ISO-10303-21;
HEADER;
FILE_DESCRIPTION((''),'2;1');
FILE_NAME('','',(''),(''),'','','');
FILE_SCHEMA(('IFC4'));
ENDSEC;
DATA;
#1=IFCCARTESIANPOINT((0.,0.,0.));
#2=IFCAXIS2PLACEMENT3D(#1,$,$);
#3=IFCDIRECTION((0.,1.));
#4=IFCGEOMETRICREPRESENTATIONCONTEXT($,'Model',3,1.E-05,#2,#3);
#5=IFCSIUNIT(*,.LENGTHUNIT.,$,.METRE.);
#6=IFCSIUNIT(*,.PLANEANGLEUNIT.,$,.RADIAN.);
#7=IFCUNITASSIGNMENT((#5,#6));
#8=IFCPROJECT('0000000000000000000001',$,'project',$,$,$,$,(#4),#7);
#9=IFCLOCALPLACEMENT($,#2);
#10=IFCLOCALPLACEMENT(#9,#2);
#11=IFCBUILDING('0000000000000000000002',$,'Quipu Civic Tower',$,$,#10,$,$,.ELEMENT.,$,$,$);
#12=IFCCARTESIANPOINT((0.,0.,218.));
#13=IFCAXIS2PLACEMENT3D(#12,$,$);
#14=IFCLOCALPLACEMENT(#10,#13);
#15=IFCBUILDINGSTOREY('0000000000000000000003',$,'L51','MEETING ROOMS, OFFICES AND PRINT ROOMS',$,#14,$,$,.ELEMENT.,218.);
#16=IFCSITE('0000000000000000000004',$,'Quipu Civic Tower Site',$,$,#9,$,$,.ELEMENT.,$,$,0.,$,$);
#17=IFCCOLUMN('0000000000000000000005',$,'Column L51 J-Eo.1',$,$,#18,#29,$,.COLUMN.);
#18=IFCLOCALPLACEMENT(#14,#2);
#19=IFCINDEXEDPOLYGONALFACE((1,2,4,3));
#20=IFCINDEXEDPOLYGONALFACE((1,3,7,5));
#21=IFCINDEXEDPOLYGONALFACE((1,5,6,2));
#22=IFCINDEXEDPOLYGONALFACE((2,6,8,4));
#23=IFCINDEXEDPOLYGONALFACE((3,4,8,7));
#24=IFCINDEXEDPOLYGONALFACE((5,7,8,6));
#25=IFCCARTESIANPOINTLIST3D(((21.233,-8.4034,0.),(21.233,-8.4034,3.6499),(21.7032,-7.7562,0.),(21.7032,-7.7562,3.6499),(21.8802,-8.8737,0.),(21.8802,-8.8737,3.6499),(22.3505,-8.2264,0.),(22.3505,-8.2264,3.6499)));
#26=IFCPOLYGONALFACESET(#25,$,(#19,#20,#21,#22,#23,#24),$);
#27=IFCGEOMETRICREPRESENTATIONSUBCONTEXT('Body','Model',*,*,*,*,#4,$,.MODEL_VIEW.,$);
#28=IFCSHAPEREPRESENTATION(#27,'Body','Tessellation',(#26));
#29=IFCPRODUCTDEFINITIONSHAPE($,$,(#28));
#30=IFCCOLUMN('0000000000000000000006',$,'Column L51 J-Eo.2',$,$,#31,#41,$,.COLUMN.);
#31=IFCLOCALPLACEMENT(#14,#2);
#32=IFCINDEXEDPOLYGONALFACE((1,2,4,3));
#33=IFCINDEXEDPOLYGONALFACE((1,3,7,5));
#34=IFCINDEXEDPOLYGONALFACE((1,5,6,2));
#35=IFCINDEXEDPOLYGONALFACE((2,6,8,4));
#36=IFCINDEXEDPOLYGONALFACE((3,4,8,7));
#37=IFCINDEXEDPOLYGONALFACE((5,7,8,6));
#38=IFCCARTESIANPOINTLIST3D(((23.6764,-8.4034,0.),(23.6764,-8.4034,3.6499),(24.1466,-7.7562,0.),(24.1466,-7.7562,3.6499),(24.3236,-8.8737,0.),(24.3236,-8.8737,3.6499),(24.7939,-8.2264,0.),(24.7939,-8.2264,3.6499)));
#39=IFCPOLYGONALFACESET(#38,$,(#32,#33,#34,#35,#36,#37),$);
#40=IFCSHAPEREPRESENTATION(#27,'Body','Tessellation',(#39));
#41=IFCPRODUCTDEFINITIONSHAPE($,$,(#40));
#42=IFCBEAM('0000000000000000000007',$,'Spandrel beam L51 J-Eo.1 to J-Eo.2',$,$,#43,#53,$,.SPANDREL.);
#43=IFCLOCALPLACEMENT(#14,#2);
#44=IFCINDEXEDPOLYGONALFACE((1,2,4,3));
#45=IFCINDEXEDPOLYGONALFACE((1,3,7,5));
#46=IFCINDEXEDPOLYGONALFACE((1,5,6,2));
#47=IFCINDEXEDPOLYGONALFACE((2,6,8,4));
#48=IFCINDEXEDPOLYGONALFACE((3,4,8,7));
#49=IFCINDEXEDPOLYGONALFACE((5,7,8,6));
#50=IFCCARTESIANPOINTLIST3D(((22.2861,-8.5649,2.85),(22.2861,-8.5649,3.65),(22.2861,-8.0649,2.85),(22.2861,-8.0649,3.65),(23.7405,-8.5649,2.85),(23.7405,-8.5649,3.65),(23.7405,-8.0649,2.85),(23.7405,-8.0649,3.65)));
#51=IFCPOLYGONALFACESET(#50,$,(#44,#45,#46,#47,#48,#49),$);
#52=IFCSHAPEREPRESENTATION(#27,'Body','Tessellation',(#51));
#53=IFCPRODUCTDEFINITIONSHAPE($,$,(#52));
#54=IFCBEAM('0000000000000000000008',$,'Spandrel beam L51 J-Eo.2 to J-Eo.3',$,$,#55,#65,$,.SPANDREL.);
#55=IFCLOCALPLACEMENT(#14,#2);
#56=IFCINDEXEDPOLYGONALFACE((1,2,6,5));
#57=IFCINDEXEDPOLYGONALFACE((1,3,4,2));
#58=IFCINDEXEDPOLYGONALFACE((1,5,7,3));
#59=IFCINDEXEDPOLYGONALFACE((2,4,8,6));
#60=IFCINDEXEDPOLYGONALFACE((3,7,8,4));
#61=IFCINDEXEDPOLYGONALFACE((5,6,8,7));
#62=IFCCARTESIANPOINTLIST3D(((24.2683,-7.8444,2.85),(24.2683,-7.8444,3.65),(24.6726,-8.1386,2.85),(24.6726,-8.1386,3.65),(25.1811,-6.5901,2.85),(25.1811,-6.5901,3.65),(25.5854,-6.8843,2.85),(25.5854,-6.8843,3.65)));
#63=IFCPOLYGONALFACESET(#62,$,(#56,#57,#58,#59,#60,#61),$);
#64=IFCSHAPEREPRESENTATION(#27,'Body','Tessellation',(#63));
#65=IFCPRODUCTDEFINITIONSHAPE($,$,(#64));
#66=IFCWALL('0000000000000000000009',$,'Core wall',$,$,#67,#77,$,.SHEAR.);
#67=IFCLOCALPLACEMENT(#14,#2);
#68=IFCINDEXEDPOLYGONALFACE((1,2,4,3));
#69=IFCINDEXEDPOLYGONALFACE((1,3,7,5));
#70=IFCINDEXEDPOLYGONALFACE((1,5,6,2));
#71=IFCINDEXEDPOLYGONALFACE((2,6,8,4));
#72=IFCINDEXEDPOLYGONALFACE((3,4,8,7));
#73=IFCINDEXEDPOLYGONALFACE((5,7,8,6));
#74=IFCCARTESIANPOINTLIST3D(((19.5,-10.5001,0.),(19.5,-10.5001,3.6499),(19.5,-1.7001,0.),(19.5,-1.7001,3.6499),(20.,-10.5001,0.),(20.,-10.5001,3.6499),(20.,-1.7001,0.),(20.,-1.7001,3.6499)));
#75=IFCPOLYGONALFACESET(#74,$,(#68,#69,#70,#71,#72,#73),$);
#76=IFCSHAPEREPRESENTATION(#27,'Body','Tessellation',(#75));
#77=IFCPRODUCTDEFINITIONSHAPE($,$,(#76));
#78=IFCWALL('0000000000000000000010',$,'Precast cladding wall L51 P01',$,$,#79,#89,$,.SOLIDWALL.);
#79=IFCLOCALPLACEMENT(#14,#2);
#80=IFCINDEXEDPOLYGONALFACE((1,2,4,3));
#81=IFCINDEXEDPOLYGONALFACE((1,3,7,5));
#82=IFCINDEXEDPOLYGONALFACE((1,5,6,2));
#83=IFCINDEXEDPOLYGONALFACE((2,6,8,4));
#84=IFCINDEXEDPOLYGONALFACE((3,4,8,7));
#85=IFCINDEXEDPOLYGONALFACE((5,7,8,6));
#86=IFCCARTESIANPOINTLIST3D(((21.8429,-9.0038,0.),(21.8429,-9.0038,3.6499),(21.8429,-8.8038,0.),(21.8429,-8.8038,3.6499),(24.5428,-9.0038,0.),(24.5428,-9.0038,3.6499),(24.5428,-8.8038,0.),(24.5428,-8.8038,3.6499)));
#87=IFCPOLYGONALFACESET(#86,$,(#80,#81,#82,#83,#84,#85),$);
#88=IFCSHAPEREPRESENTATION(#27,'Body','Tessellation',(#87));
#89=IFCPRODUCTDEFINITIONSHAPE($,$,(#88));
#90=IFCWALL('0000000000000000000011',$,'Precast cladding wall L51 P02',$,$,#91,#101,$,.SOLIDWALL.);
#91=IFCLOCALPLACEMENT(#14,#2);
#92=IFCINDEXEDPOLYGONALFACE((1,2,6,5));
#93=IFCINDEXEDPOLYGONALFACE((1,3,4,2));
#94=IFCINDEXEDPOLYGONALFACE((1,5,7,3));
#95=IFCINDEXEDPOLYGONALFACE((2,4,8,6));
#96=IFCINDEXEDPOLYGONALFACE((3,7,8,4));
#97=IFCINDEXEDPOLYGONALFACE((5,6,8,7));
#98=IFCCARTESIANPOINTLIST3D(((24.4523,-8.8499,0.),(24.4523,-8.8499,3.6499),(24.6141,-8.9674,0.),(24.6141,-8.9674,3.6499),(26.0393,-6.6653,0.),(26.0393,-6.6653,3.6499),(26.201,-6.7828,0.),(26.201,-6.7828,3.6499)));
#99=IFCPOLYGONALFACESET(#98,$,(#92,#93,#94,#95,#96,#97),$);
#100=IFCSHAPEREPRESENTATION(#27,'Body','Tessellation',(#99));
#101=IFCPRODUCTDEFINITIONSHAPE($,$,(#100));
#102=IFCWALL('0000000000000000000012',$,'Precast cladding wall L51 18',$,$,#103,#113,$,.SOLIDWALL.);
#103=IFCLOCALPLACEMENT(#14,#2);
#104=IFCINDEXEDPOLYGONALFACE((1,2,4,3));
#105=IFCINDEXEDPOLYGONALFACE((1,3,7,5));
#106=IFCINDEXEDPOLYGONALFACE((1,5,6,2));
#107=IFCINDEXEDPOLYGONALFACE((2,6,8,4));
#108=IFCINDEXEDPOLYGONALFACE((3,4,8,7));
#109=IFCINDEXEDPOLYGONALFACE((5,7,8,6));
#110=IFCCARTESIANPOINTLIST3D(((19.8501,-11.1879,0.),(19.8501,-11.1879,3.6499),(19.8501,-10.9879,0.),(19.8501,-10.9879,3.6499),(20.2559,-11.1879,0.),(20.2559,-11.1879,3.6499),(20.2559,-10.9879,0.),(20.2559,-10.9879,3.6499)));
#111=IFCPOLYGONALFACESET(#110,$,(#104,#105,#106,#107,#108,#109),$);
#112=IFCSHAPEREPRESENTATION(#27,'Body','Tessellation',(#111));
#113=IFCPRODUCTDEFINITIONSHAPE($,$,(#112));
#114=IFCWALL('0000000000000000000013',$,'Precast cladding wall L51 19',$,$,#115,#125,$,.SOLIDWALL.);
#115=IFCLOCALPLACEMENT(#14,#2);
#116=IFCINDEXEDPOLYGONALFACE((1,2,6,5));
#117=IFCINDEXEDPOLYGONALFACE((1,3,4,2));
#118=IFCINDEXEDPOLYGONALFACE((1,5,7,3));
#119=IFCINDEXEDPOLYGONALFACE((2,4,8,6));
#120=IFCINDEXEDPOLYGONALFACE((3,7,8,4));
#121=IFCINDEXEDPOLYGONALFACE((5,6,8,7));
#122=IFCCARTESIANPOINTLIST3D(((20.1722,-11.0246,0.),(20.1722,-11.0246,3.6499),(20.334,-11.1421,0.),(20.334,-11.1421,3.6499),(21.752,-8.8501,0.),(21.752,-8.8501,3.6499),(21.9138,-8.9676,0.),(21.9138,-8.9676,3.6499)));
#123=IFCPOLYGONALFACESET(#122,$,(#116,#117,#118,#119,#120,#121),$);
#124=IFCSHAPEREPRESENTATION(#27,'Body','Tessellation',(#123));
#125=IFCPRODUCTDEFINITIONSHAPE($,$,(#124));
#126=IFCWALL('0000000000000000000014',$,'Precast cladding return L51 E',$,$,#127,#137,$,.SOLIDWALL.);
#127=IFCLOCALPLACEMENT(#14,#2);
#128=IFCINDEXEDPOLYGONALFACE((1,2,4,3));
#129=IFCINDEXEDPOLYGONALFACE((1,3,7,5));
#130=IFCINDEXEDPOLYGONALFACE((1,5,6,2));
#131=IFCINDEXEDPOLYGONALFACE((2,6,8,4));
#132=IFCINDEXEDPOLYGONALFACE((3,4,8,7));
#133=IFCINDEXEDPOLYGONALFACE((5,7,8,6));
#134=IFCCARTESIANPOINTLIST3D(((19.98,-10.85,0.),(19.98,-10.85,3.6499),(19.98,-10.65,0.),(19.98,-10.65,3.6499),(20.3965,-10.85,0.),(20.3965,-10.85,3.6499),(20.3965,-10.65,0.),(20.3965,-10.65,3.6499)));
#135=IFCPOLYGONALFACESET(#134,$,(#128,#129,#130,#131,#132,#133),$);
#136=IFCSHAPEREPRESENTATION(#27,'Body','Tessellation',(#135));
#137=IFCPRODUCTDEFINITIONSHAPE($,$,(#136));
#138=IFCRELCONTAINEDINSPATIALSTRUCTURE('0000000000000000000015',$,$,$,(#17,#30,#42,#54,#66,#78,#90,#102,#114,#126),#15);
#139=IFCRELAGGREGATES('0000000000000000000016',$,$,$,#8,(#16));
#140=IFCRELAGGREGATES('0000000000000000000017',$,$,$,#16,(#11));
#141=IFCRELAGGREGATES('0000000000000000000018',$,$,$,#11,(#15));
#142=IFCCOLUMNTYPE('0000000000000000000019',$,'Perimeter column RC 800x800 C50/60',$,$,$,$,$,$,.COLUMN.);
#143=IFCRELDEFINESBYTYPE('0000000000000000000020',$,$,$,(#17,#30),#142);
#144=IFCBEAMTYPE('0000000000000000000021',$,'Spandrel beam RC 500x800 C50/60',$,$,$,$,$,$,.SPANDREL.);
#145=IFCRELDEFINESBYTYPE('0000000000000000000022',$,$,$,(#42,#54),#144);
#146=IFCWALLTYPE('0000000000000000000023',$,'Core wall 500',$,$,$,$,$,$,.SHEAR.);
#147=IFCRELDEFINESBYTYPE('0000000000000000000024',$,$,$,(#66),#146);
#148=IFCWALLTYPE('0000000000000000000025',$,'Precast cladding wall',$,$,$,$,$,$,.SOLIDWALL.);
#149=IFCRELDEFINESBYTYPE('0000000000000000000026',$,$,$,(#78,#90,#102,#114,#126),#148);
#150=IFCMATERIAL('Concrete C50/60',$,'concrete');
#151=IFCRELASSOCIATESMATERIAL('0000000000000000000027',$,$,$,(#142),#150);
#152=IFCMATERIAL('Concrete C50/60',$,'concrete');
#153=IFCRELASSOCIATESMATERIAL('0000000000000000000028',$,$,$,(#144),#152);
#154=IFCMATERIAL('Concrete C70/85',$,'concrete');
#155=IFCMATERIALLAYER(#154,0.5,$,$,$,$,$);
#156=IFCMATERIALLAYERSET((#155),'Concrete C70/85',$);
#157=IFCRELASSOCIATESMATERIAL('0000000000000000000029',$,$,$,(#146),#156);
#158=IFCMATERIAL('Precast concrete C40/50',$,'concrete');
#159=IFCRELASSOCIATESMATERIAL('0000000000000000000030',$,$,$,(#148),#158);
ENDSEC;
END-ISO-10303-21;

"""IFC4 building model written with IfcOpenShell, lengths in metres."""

from ifc_helpers import new_model, si_unit, direction, frame, frame_2d, origin, origin_2d, place, context, subcontext, project, spatial, rectangle, extrude, material, layer, layer_set, material_profile, profile_set, type_object, element, save


model = new_model("IFC4")

# Units and contexts
model_context = context("Model", 3, precision=1e-05, world=origin(), true_north=direction((0.0, 1.0)))
body_context = subcontext(model_context, "Body", "Model", "MODEL_VIEW")
ifc_project = project(units=[si_unit("LENGTHUNIT", "METRE"), si_unit("PLANEANGLEUNIT", "RADIAN")], contexts=[model_context])

# Site, building, storey
site_placement = place(None, origin())
site = spatial("IfcSite", under=ifc_project, at=site_placement, Name="Quipu Civic Tower Site", CompositionType="ELEMENT", RefElevation=0.0)
building_placement = place(site_placement, origin())
building = spatial("IfcBuilding", under=site, at=building_placement, Name="Quipu Civic Tower", CompositionType="ELEMENT")
storey_placement = place(building_placement, frame((0.0, 0.0, 218.0)))
storey = spatial("IfcBuildingStorey", under=building, at=storey_placement, Name="L51", Description="MEETING ROOMS, OFFICES AND PRINT ROOMS", CompositionType="ELEMENT", Elevation=218.0)

# Columns
ifc_material_1 = material(Name="Concrete C50/60", Category="concrete")
ifc_material_profile_1 = material_profile(ifc_material_1, rectangle(XDim=0.8, YDim=0.8, at=origin_2d()), Name="RC800x800")
ifc_profile_set_1 = profile_set([ifc_material_profile_1], Name="Concrete C50/60")
column_type = type_object("IfcColumnType", Name="Perimeter column RC 800x800 C50/60", PredefinedType="COLUMN", material=ifc_profile_set_1)
for number, where, z_axis, x_axis, name in (
    (1, (21.7917, -8.3149, 0.0), (0.0, 0.0, 1.0), (0.587785, 0.809017, 0.0), "Column L51 J-Eo.1"),
    (2, (24.2351, -8.3149, 0.0), (0.0, 0.0, 1.0), (0.587785, 0.809017, 0.0), "Column L51 J-Eo.2"),
):
    element("IfcColumn", number, at=place(storey_placement, frame(where, z_axis=z_axis, x_axis=x_axis)), inside=storey, type_object=column_type, Name=name, PredefinedType="COLUMN", context=body_context, shape_type="SweptSolid", body=[
        extrude(rectangle(XDim=0.8, YDim=0.8, at=origin_2d()), origin(), (0.0, 0.0, 1.0), 3.6499),
    ])

# Beams
ifc_material_2 = material(Name="Concrete C50/60", Category="concrete")
ifc_material_profile_2 = material_profile(ifc_material_2, rectangle(XDim=0.5, YDim=0.8, at=origin_2d()), Name="RC500x800")
ifc_profile_set_2 = profile_set([ifc_material_profile_2], Name="Concrete C50/60")
beam_type = type_object("IfcBeamType", Name="Spandrel beam RC 500x800 C50/60", PredefinedType="SPANDREL", material=ifc_profile_set_2)
beam_1_placement = place(storey_placement, frame((22.2861, -8.3149, 3.25), z_axis=(1.0, 0.0, 0.0), x_axis=(0.0, 1.0, 0.0)))
element("IfcBeam", 3, at=beam_1_placement, inside=storey, type_object=beam_type, Name="Spandrel beam L51 J-Eo.1 to J-Eo.2", PredefinedType="SPANDREL", context=body_context, shape_type="SweptSolid", body=[
    extrude(rectangle(XDim=0.5, YDim=0.8, at=origin_2d()), origin(), (0.0, 0.0, 1.0), 1.4543),
])
beam_2_placement = place(storey_placement, frame((24.4705, -7.9915, 3.25), z_axis=(0.588406, 0.808566, 0.0), x_axis=(-0.808566, 0.588406, 0.0)))
element("IfcBeam", 4, at=beam_2_placement, inside=storey, type_object=beam_type, Name="Spandrel beam L51 J-Eo.2 to J-Eo.3", PredefinedType="SPANDREL", context=body_context, shape_type="SweptSolid", body=[
    extrude(rectangle(XDim=0.5, YDim=0.8, at=origin_2d()), origin(), (0.0, 0.0, 1.0), 1.5513),
])

# Walls
ifc_material_3 = material(Name="Concrete C70/85", Category="concrete")
ifc_layer = layer(ifc_material_3, 0.5)
ifc_layer_set = layer_set([ifc_layer], Name="Concrete C70/85")
wall_type_1 = type_object("IfcWallType", Name="Core wall 500", PredefinedType="SHEAR", material=ifc_layer_set)
wall_1_placement = place(storey_placement, frame((19.75, -10.5, 0.0), z_axis=(0.0, 0.0, 1.0), x_axis=(0.0, 1.0, 0.0)))
element("IfcWall", 5, at=wall_1_placement, inside=storey, type_object=wall_type_1, Name="Core wall", PredefinedType="SHEAR", context=body_context, shape_type="SweptSolid", body=[
    extrude(rectangle(XDim=8.8, YDim=0.5, at=frame_2d((4.3999, 0.0))), origin(), (0.0, 0.0, 1.0), 3.6499),
])
ifc_material_4 = material(Name="Precast concrete C40/50", Category="concrete")
wall_type_2 = type_object("IfcWallType", Name="Precast cladding wall", PredefinedType="SOLIDWALL", material=ifc_material_4)
wall_2_placement = place(storey_placement, frame((21.8428, -8.9038, 0.0), z_axis=(0.0, 0.0, 1.0), x_axis=(1.0, 0.0, 0.0)))
element("IfcWall", 6, at=wall_2_placement, inside=storey, type_object=wall_type_2, Name="Precast cladding wall L51 P01", PredefinedType="SOLIDWALL", context=body_context, shape_type="SweptSolid", body=[
    extrude(rectangle(XDim=2.7, YDim=0.2, at=frame_2d((1.3501, 0.0))), origin(), (0.0, 0.0, 1.0), 3.6499),
])
wall_3_placement = place(storey_placement, frame((24.5332, -8.9087, 0.0), z_axis=(0.0, 0.0, 1.0), x_axis=(0.58772, 0.809064, 0.0)))
element("IfcWall", 7, at=wall_3_placement, inside=storey, type_object=wall_type_2, Name="Precast cladding wall L51 P02", PredefinedType="SOLIDWALL", context=body_context, shape_type="SweptSolid", body=[
    extrude(rectangle(XDim=2.7002, YDim=0.2, at=frame_2d((1.3501, 0.0))), origin(), (0.0, 0.0, 1.0), 3.6499),
])
wall_4_placement = place(storey_placement, frame((19.8501, -11.0879, 0.0), z_axis=(0.0, 0.0, 1.0), x_axis=(1.0, 0.0, 0.0)))
element("IfcWall", 8, at=wall_4_placement, inside=storey, type_object=wall_type_2, Name="Precast cladding wall L51 18", PredefinedType="SOLIDWALL", context=body_context, shape_type="SweptSolid", body=[
    extrude(rectangle(XDim=0.4058, YDim=0.2, at=frame_2d((0.2029, 0.0))), origin(), (0.0, 0.0, 1.0), 3.6499),
])
wall_5_placement = place(storey_placement, frame((20.2532, -11.0833, 0.0), z_axis=(0.0, 0.0, 1.0), x_axis=(0.587767, 0.809031, 0.0)))
element("IfcWall", 9, at=wall_5_placement, inside=storey, type_object=wall_type_2, Name="Precast cladding wall L51 19", PredefinedType="SOLIDWALL", context=body_context, shape_type="SweptSolid", body=[
    extrude(rectangle(XDim=2.6877, YDim=0.2, at=frame_2d((1.3438, 0.0))), origin(), (0.0, 0.0, 1.0), 3.6499),
])
wall_6_placement = place(storey_placement, frame((19.98, -10.75, 0.0), z_axis=(0.0, 0.0, 1.0), x_axis=(1.0, 0.0, 0.0)))
element("IfcWall", 10, at=wall_6_placement, inside=storey, type_object=wall_type_2, Name="Precast cladding return L51 E", PredefinedType="SOLIDWALL", context=body_context, shape_type="SweptSolid", body=[
    extrude(rectangle(XDim=0.4165, YDim=0.2, at=frame_2d((0.2083, 0.0))), origin(), (0.0, 0.0, 1.0), 3.6499),
])

save(model, "model.ifc")
